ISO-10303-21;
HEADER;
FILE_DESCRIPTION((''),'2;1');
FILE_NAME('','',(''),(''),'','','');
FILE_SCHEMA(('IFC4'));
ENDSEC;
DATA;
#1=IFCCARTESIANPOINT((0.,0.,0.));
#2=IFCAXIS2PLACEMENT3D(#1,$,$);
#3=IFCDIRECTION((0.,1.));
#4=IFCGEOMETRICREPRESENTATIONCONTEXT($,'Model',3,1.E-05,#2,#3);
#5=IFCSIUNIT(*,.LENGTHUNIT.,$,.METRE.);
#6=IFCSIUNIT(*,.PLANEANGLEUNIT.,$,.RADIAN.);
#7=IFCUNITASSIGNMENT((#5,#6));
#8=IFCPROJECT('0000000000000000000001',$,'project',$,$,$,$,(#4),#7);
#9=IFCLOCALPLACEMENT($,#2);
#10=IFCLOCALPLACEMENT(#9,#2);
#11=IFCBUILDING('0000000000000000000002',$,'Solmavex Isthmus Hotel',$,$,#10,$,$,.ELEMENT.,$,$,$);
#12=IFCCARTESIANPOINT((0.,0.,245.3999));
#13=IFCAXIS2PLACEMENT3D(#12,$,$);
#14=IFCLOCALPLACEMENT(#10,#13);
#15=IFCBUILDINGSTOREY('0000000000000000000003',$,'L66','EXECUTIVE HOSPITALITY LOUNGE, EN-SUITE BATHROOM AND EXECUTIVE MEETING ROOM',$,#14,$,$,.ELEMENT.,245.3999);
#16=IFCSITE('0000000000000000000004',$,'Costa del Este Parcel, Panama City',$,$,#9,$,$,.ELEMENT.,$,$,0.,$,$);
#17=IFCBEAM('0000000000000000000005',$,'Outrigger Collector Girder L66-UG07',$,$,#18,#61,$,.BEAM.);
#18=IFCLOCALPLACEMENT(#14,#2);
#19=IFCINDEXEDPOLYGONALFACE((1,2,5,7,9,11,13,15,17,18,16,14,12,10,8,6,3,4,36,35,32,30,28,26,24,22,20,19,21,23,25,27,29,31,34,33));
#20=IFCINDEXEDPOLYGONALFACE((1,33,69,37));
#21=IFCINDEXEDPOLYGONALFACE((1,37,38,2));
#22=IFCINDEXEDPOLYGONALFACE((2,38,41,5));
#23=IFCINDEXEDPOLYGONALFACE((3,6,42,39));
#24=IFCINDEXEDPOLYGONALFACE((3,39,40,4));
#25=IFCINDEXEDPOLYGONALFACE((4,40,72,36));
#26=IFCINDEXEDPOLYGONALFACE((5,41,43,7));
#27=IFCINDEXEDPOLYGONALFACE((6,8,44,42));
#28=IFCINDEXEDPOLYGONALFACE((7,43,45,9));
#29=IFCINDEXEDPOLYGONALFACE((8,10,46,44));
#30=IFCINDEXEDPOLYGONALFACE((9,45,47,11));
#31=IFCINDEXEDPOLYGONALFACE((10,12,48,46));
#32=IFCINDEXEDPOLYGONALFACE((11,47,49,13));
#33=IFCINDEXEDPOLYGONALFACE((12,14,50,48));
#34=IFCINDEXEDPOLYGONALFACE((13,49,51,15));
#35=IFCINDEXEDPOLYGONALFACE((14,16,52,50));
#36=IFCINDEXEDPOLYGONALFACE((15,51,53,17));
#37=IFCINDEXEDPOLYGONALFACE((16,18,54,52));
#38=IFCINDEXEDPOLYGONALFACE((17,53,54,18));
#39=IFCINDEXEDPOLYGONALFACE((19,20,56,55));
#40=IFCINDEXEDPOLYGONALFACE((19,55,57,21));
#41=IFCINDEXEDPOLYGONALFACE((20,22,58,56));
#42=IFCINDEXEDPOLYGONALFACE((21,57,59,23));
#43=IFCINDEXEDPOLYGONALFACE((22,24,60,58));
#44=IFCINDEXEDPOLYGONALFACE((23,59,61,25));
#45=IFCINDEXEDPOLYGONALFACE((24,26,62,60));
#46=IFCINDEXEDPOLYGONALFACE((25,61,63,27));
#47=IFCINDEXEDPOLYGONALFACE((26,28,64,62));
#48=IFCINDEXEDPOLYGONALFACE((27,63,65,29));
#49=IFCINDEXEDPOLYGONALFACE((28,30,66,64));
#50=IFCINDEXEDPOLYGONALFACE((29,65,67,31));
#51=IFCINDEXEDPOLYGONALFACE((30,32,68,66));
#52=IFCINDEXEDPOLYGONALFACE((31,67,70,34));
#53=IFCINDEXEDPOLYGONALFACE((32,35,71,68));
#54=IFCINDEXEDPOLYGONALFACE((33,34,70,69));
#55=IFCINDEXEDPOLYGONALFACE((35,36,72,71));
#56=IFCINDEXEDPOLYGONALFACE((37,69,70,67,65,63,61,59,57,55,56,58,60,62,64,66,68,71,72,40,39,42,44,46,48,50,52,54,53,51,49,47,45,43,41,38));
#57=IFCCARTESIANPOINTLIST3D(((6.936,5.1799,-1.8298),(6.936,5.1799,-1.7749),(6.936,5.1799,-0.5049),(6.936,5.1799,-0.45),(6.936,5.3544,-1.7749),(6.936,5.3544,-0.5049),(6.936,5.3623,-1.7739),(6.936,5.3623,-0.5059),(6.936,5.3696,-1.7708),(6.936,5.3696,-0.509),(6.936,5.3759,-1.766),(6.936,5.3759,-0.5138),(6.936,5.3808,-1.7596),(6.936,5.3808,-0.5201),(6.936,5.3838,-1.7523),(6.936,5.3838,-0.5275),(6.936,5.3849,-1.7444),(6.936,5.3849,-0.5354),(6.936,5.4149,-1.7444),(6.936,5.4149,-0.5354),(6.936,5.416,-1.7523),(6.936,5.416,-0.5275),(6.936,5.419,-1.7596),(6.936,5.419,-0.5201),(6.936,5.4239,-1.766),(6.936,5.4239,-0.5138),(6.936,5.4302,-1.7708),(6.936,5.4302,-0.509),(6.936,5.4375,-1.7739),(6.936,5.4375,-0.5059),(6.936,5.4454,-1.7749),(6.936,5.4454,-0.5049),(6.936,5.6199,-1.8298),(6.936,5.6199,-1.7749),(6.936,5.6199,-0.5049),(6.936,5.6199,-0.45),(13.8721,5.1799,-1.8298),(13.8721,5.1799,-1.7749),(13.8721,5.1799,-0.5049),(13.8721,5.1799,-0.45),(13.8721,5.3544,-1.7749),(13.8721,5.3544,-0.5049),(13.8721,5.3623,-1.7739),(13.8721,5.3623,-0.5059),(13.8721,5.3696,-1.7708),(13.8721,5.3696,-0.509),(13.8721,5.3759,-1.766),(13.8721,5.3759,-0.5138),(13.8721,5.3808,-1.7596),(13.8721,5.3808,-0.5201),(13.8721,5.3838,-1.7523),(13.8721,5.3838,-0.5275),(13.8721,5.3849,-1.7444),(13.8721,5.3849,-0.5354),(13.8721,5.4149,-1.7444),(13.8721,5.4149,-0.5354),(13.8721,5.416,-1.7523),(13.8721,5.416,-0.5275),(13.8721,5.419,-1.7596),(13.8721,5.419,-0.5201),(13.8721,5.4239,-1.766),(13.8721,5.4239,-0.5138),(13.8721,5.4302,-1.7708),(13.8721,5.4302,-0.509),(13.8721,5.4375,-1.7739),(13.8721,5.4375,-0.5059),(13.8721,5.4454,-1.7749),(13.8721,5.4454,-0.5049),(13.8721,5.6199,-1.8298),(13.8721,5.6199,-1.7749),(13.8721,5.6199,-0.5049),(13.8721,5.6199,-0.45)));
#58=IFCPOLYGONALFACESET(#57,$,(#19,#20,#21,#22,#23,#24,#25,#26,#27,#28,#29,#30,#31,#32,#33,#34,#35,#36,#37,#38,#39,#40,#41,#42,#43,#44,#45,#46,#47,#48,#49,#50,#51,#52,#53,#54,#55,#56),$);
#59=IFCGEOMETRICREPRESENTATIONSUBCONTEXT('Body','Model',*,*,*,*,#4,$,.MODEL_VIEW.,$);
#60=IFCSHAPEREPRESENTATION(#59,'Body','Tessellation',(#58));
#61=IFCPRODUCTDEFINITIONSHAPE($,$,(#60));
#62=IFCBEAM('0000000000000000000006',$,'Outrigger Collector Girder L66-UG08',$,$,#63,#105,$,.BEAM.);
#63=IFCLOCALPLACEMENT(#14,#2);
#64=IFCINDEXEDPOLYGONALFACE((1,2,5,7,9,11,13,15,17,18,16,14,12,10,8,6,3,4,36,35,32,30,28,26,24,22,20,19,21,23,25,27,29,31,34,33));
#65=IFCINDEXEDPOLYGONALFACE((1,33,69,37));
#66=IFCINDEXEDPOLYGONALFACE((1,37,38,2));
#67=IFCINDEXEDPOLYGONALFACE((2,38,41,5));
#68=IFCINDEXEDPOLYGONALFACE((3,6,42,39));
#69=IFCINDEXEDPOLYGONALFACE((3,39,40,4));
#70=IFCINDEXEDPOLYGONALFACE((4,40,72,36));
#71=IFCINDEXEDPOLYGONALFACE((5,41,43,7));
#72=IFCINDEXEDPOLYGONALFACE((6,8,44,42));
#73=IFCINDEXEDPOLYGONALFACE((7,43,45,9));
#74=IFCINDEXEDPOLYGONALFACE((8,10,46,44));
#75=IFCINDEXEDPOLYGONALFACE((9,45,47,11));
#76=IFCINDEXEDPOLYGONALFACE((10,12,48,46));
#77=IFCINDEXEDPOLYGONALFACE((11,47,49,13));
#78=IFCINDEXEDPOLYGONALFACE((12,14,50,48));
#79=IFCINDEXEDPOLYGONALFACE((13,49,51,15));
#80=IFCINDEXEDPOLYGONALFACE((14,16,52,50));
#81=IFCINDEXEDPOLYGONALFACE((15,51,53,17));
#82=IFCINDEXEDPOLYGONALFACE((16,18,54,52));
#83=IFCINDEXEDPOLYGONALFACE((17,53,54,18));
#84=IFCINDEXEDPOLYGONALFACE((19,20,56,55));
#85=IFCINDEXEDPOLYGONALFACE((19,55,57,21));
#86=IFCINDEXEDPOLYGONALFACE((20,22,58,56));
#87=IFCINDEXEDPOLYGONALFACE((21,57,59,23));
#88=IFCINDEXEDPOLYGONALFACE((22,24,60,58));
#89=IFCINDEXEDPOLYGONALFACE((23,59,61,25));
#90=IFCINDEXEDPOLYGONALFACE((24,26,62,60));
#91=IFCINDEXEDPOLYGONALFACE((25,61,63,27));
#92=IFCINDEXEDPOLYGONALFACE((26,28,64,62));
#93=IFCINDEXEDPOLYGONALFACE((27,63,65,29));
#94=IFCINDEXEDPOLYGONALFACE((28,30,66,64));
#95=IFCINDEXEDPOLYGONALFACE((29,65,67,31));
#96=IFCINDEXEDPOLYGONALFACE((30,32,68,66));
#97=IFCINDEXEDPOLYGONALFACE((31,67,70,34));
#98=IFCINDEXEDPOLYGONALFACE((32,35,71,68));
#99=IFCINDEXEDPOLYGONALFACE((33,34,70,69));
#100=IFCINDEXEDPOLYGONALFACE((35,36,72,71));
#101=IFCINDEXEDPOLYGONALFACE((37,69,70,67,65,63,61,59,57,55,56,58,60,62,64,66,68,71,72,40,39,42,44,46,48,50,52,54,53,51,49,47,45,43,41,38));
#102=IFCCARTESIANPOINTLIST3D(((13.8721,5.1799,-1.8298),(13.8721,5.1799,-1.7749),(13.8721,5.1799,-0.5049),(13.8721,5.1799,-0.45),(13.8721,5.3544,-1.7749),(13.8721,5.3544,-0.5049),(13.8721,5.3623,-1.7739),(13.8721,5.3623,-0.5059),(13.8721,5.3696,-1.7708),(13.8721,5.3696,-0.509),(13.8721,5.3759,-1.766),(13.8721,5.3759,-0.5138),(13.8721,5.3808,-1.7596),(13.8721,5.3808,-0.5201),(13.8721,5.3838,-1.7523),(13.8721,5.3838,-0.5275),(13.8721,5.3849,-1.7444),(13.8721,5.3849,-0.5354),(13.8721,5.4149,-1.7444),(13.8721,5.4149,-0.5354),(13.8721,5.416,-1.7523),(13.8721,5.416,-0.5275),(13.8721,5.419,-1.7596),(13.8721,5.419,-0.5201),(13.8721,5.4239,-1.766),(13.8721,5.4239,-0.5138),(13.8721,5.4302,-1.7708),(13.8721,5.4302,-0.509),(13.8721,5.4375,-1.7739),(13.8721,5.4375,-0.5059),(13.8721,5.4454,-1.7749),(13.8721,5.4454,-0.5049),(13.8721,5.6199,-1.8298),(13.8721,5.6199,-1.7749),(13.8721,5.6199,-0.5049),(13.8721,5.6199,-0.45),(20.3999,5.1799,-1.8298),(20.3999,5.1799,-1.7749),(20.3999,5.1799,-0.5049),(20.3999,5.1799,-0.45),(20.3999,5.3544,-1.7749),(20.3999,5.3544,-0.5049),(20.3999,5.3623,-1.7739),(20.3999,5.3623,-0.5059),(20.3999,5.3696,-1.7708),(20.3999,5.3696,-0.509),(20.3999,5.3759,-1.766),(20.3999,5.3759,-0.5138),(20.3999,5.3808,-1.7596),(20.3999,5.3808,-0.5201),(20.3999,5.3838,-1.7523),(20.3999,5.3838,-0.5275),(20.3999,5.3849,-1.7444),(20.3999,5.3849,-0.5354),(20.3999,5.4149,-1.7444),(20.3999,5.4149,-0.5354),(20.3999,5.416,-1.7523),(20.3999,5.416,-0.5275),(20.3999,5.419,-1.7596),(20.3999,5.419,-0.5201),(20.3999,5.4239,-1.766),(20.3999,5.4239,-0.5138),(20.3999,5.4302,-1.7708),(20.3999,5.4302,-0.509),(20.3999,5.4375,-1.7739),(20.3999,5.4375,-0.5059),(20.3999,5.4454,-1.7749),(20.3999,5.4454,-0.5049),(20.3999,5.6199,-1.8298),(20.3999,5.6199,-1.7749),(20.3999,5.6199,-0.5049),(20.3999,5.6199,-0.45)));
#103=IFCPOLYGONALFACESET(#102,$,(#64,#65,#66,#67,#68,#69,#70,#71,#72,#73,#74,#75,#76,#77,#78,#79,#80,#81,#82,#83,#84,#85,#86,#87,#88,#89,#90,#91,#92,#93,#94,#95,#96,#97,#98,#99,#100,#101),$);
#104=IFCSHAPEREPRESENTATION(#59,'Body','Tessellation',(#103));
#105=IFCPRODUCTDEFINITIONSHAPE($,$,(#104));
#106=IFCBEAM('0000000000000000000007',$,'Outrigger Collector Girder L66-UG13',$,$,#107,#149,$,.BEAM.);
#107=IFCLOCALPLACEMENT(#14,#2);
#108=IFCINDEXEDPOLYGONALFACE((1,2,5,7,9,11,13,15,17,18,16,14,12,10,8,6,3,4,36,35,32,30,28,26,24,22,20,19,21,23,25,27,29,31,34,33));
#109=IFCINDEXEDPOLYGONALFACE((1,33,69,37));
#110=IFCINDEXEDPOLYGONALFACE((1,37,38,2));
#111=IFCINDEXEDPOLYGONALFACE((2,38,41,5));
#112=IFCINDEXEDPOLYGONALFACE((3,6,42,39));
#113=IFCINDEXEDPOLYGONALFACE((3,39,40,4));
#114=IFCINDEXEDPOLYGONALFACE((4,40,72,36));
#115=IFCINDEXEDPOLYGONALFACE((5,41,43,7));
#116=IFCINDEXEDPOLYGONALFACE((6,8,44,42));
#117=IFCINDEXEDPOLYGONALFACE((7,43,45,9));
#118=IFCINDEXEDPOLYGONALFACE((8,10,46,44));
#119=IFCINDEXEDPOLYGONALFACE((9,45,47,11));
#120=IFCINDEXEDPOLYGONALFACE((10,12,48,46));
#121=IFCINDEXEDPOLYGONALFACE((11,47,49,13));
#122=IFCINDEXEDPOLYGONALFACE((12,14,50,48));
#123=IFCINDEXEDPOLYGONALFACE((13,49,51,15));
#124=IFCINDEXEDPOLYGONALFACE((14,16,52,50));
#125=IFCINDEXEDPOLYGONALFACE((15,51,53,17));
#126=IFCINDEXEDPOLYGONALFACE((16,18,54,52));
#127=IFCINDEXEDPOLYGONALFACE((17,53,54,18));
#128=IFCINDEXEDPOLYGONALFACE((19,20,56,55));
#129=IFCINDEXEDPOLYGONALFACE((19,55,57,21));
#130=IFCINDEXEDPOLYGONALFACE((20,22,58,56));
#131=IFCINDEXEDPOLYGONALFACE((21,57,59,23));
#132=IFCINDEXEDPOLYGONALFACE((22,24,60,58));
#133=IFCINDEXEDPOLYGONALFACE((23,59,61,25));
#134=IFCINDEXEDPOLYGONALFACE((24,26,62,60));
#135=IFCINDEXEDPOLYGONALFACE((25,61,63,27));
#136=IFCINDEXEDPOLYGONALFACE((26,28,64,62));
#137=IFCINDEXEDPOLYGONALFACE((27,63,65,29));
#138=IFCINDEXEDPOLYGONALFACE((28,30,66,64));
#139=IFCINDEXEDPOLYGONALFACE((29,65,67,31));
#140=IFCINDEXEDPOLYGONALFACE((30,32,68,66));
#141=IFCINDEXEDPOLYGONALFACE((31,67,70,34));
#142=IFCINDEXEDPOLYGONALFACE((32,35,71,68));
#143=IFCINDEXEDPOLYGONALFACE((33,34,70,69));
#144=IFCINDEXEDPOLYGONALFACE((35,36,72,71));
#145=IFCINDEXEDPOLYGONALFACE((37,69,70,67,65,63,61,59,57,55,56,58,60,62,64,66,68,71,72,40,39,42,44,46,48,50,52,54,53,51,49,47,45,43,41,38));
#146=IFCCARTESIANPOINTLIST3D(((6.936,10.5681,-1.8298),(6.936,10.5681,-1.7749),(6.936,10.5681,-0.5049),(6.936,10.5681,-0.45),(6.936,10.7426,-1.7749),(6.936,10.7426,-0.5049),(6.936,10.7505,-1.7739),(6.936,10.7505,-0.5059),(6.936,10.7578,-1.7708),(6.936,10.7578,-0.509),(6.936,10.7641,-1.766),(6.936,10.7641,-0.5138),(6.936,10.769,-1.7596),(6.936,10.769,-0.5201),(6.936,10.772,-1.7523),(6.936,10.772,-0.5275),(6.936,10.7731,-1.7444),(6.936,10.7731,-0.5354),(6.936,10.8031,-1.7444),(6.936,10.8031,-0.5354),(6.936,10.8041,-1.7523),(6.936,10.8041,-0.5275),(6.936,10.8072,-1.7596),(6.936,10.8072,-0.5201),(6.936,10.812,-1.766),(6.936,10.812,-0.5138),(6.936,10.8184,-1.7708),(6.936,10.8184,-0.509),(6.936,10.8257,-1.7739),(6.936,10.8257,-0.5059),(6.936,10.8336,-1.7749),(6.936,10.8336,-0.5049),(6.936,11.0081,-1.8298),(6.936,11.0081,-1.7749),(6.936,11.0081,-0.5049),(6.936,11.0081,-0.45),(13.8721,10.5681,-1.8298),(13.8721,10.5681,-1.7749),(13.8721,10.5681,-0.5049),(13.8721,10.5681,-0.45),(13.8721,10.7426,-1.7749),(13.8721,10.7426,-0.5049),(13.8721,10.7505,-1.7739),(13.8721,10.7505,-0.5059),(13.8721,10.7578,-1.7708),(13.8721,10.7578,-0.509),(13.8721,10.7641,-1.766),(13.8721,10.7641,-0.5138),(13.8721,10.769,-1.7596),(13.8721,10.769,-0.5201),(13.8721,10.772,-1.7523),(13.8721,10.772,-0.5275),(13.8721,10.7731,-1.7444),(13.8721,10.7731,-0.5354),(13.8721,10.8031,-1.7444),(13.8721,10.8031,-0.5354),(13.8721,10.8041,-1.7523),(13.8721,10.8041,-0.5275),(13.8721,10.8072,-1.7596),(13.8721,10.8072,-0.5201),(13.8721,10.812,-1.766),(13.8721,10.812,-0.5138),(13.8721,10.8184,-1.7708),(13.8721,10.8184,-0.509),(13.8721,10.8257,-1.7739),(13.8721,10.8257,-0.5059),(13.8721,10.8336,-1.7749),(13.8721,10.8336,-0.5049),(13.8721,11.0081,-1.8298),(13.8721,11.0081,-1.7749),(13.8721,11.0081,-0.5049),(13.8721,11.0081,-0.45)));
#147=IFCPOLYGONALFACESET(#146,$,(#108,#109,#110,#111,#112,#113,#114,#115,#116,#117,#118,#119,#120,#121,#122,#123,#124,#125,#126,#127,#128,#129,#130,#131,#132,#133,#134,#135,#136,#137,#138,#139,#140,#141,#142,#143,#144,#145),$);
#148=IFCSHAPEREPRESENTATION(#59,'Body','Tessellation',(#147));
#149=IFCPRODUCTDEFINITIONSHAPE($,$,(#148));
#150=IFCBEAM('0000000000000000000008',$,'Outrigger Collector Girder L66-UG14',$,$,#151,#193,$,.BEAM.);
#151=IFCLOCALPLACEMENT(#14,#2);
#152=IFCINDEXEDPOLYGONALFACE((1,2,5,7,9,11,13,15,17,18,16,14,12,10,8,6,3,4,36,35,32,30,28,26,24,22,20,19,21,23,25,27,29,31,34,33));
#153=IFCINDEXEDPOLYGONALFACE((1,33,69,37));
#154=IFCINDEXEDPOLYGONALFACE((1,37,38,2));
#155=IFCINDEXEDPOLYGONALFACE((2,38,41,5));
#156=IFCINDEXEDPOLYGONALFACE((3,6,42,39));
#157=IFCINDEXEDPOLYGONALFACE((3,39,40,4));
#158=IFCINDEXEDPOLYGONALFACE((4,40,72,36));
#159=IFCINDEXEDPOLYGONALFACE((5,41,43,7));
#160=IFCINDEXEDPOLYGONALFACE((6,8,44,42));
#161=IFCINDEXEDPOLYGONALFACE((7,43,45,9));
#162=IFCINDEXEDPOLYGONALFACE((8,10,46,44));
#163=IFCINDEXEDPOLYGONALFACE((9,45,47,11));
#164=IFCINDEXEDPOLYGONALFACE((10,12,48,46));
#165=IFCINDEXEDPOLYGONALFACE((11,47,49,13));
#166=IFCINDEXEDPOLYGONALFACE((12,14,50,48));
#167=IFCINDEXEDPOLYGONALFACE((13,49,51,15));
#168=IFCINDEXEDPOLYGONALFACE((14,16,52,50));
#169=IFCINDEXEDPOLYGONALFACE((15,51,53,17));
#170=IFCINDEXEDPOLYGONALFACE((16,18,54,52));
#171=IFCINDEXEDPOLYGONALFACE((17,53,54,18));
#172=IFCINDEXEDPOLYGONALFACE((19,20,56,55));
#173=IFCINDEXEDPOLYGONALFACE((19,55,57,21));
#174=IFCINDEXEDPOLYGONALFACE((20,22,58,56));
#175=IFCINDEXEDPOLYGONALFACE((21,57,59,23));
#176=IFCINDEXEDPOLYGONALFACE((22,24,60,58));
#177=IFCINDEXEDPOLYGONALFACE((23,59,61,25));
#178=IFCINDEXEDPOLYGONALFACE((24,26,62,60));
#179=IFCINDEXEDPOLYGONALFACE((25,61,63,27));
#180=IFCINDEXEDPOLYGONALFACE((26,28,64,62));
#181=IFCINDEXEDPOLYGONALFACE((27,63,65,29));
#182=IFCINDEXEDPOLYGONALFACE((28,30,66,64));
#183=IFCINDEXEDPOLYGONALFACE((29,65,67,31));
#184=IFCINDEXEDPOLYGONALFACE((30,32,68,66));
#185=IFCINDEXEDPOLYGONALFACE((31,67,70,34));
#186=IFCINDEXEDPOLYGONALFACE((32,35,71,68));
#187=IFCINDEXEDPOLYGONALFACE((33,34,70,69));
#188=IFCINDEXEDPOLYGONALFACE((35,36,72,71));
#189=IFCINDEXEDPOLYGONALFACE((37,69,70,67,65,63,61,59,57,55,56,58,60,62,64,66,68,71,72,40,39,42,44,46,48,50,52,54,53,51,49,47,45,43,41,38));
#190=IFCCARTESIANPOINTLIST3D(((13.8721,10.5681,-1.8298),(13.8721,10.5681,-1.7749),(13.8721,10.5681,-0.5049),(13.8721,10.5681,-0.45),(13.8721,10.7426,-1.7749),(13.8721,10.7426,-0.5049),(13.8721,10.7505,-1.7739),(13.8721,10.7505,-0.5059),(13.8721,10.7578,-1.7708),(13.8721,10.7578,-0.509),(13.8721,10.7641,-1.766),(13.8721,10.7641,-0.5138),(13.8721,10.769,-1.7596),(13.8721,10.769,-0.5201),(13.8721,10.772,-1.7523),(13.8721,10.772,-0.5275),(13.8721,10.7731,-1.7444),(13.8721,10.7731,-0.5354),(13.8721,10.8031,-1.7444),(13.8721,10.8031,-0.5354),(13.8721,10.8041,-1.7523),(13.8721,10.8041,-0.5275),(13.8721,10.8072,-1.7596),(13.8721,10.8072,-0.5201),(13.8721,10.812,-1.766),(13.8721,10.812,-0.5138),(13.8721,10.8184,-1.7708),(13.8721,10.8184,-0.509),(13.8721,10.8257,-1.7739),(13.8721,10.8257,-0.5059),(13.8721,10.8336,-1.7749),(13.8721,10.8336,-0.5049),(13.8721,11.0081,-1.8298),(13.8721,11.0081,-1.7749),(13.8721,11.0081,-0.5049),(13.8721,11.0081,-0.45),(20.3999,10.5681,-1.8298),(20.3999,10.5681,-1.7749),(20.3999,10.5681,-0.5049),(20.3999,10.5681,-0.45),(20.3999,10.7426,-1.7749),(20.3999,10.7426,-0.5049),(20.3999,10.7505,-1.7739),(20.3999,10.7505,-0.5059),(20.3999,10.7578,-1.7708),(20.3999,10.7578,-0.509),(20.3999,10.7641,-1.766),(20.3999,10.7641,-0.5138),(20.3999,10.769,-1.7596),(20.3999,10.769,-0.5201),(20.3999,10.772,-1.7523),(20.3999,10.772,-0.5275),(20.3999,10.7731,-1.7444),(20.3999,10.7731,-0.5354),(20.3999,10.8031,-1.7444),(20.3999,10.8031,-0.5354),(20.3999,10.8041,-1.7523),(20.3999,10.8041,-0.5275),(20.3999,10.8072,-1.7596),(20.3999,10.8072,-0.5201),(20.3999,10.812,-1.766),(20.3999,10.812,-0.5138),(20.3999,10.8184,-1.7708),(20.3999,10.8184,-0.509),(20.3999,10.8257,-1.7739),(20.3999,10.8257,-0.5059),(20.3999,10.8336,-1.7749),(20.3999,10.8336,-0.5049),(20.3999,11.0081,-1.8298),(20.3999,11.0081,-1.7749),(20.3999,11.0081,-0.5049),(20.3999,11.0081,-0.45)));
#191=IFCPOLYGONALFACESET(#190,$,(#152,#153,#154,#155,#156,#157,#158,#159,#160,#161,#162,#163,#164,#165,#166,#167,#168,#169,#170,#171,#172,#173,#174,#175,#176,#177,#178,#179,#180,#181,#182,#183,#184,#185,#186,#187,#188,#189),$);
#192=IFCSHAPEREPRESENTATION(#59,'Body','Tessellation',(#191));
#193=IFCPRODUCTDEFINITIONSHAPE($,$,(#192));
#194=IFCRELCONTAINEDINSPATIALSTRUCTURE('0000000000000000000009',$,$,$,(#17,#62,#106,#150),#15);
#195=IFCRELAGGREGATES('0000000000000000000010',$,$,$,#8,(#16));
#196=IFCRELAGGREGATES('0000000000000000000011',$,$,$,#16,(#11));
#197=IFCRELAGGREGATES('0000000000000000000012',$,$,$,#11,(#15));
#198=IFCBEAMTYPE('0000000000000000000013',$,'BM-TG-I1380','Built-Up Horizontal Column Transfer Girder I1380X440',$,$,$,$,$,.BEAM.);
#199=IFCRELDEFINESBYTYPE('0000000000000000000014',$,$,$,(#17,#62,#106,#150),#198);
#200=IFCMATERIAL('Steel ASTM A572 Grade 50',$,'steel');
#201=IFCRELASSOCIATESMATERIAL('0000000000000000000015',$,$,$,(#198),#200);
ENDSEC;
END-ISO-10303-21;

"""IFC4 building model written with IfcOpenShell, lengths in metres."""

from ifc_helpers import new_model, si_unit, direction, frame, origin, origin_2d, place, context, subcontext, project, spatial, i_section, extrude, material, material_profile, profile_set, type_object, element, save


model = new_model("IFC4")

# Units and contexts
model_context = context("Model", 3, precision=1e-05, world=origin(), true_north=direction((0.0, 1.0)))
body_context = subcontext(model_context, "Body", "Model", "MODEL_VIEW")
ifc_project = project(units=[si_unit("LENGTHUNIT", "METRE"), si_unit("PLANEANGLEUNIT", "RADIAN")], contexts=[model_context])

# Site, building, storey
site_placement = place(None, origin())
site = spatial("IfcSite", under=ifc_project, at=site_placement, Name="Costa del Este Parcel, Panama City", CompositionType="ELEMENT", RefElevation=0.0)
building_placement = place(site_placement, origin())
building = spatial("IfcBuilding", under=site, at=building_placement, Name="Solmavex Isthmus Hotel", CompositionType="ELEMENT")
storey_placement = place(building_placement, frame((0.0, 0.0, 245.3999)))
storey = spatial("IfcBuildingStorey", under=building, at=storey_placement, Name="L66", Description="EXECUTIVE HOSPITALITY LOUNGE, EN-SUITE BATHROOM AND EXECUTIVE MEETING ROOM", CompositionType="ELEMENT", Elevation=245.3999)

# Beams
ifc_material_1 = material(Name="Steel ASTM A572 Grade 50", Category="steel")
ifc_material_profile_1 = material_profile(ifc_material_1, i_section(OverallWidth=0.4399, OverallDepth=1.3799, WebThickness=0.03, FlangeThickness=0.0549, FilletRadius=0.0305, at=origin_2d()), Name="I1380X440")
ifc_profile_set_1 = profile_set([ifc_material_profile_1], Name="Steel ASTM A572 Grade 50")
beam_type_1 = type_object("IfcBeamType", Name="BM-TG-I1380", Description="Built-Up Horizontal Column Transfer Girder I1380X440", PredefinedType="BEAM", material=ifc_profile_set_1)
beam_1_placement = place(storey_placement, frame((6.936, 5.3999, -1.1399), z_axis=(1.0, 0.0, 0.0), x_axis=(0.0, 1.0, 0.0)))
element("IfcBeam", 1, at=beam_1_placement, inside=storey, type_object=beam_type_1, Name="Outrigger Collector Girder L66-UG07", PredefinedType="BEAM", context=body_context, shape_type="SweptSolid", body=[
    extrude(i_section(OverallWidth=0.4399, OverallDepth=1.3799, WebThickness=0.03, FlangeThickness=0.0549, FilletRadius=0.0305, at=origin_2d()), origin(), (0.0, 0.0, 1.0), 6.936),
])
beam_2_placement = place(storey_placement, frame((13.8721, 5.3999, -1.1399), z_axis=(1.0, 0.0, 0.0), x_axis=(0.0, 1.0, 0.0)))
element("IfcBeam", 2, at=beam_2_placement, inside=storey, type_object=beam_type_1, Name="Outrigger Collector Girder L66-UG08", PredefinedType="BEAM", context=body_context, shape_type="SweptSolid", body=[
    extrude(i_section(OverallWidth=0.4399, OverallDepth=1.3799, WebThickness=0.03, FlangeThickness=0.0549, FilletRadius=0.0305, at=origin_2d()), origin(), (0.0, 0.0, 1.0), 6.5278),
])
beam_3_placement = place(storey_placement, frame((6.936, 10.7881, -1.1399), z_axis=(1.0, 0.0, 0.0), x_axis=(0.0, 1.0, 0.0)))
element("IfcBeam", 3, at=beam_3_placement, inside=storey, type_object=beam_type_1, Name="Outrigger Collector Girder L66-UG13", PredefinedType="BEAM", context=body_context, shape_type="SweptSolid", body=[
    extrude(i_section(OverallWidth=0.4399, OverallDepth=1.3799, WebThickness=0.03, FlangeThickness=0.0549, FilletRadius=0.0305, at=origin_2d()), origin(), (0.0, 0.0, 1.0), 6.936),
])
beam_4_placement = place(storey_placement, frame((13.8721, 10.7881, -1.1399), z_axis=(1.0, 0.0, 0.0), x_axis=(0.0, 1.0, 0.0)))
element("IfcBeam", 4, at=beam_4_placement, inside=storey, type_object=beam_type_1, Name="Outrigger Collector Girder L66-UG14", PredefinedType="BEAM", context=body_context, shape_type="SweptSolid", body=[
    extrude(i_section(OverallWidth=0.4399, OverallDepth=1.3799, WebThickness=0.03, FlangeThickness=0.0549, FilletRadius=0.0305, at=origin_2d()), origin(), (0.0, 0.0, 1.0), 6.5278),
])

save(model, "model.ifc")
